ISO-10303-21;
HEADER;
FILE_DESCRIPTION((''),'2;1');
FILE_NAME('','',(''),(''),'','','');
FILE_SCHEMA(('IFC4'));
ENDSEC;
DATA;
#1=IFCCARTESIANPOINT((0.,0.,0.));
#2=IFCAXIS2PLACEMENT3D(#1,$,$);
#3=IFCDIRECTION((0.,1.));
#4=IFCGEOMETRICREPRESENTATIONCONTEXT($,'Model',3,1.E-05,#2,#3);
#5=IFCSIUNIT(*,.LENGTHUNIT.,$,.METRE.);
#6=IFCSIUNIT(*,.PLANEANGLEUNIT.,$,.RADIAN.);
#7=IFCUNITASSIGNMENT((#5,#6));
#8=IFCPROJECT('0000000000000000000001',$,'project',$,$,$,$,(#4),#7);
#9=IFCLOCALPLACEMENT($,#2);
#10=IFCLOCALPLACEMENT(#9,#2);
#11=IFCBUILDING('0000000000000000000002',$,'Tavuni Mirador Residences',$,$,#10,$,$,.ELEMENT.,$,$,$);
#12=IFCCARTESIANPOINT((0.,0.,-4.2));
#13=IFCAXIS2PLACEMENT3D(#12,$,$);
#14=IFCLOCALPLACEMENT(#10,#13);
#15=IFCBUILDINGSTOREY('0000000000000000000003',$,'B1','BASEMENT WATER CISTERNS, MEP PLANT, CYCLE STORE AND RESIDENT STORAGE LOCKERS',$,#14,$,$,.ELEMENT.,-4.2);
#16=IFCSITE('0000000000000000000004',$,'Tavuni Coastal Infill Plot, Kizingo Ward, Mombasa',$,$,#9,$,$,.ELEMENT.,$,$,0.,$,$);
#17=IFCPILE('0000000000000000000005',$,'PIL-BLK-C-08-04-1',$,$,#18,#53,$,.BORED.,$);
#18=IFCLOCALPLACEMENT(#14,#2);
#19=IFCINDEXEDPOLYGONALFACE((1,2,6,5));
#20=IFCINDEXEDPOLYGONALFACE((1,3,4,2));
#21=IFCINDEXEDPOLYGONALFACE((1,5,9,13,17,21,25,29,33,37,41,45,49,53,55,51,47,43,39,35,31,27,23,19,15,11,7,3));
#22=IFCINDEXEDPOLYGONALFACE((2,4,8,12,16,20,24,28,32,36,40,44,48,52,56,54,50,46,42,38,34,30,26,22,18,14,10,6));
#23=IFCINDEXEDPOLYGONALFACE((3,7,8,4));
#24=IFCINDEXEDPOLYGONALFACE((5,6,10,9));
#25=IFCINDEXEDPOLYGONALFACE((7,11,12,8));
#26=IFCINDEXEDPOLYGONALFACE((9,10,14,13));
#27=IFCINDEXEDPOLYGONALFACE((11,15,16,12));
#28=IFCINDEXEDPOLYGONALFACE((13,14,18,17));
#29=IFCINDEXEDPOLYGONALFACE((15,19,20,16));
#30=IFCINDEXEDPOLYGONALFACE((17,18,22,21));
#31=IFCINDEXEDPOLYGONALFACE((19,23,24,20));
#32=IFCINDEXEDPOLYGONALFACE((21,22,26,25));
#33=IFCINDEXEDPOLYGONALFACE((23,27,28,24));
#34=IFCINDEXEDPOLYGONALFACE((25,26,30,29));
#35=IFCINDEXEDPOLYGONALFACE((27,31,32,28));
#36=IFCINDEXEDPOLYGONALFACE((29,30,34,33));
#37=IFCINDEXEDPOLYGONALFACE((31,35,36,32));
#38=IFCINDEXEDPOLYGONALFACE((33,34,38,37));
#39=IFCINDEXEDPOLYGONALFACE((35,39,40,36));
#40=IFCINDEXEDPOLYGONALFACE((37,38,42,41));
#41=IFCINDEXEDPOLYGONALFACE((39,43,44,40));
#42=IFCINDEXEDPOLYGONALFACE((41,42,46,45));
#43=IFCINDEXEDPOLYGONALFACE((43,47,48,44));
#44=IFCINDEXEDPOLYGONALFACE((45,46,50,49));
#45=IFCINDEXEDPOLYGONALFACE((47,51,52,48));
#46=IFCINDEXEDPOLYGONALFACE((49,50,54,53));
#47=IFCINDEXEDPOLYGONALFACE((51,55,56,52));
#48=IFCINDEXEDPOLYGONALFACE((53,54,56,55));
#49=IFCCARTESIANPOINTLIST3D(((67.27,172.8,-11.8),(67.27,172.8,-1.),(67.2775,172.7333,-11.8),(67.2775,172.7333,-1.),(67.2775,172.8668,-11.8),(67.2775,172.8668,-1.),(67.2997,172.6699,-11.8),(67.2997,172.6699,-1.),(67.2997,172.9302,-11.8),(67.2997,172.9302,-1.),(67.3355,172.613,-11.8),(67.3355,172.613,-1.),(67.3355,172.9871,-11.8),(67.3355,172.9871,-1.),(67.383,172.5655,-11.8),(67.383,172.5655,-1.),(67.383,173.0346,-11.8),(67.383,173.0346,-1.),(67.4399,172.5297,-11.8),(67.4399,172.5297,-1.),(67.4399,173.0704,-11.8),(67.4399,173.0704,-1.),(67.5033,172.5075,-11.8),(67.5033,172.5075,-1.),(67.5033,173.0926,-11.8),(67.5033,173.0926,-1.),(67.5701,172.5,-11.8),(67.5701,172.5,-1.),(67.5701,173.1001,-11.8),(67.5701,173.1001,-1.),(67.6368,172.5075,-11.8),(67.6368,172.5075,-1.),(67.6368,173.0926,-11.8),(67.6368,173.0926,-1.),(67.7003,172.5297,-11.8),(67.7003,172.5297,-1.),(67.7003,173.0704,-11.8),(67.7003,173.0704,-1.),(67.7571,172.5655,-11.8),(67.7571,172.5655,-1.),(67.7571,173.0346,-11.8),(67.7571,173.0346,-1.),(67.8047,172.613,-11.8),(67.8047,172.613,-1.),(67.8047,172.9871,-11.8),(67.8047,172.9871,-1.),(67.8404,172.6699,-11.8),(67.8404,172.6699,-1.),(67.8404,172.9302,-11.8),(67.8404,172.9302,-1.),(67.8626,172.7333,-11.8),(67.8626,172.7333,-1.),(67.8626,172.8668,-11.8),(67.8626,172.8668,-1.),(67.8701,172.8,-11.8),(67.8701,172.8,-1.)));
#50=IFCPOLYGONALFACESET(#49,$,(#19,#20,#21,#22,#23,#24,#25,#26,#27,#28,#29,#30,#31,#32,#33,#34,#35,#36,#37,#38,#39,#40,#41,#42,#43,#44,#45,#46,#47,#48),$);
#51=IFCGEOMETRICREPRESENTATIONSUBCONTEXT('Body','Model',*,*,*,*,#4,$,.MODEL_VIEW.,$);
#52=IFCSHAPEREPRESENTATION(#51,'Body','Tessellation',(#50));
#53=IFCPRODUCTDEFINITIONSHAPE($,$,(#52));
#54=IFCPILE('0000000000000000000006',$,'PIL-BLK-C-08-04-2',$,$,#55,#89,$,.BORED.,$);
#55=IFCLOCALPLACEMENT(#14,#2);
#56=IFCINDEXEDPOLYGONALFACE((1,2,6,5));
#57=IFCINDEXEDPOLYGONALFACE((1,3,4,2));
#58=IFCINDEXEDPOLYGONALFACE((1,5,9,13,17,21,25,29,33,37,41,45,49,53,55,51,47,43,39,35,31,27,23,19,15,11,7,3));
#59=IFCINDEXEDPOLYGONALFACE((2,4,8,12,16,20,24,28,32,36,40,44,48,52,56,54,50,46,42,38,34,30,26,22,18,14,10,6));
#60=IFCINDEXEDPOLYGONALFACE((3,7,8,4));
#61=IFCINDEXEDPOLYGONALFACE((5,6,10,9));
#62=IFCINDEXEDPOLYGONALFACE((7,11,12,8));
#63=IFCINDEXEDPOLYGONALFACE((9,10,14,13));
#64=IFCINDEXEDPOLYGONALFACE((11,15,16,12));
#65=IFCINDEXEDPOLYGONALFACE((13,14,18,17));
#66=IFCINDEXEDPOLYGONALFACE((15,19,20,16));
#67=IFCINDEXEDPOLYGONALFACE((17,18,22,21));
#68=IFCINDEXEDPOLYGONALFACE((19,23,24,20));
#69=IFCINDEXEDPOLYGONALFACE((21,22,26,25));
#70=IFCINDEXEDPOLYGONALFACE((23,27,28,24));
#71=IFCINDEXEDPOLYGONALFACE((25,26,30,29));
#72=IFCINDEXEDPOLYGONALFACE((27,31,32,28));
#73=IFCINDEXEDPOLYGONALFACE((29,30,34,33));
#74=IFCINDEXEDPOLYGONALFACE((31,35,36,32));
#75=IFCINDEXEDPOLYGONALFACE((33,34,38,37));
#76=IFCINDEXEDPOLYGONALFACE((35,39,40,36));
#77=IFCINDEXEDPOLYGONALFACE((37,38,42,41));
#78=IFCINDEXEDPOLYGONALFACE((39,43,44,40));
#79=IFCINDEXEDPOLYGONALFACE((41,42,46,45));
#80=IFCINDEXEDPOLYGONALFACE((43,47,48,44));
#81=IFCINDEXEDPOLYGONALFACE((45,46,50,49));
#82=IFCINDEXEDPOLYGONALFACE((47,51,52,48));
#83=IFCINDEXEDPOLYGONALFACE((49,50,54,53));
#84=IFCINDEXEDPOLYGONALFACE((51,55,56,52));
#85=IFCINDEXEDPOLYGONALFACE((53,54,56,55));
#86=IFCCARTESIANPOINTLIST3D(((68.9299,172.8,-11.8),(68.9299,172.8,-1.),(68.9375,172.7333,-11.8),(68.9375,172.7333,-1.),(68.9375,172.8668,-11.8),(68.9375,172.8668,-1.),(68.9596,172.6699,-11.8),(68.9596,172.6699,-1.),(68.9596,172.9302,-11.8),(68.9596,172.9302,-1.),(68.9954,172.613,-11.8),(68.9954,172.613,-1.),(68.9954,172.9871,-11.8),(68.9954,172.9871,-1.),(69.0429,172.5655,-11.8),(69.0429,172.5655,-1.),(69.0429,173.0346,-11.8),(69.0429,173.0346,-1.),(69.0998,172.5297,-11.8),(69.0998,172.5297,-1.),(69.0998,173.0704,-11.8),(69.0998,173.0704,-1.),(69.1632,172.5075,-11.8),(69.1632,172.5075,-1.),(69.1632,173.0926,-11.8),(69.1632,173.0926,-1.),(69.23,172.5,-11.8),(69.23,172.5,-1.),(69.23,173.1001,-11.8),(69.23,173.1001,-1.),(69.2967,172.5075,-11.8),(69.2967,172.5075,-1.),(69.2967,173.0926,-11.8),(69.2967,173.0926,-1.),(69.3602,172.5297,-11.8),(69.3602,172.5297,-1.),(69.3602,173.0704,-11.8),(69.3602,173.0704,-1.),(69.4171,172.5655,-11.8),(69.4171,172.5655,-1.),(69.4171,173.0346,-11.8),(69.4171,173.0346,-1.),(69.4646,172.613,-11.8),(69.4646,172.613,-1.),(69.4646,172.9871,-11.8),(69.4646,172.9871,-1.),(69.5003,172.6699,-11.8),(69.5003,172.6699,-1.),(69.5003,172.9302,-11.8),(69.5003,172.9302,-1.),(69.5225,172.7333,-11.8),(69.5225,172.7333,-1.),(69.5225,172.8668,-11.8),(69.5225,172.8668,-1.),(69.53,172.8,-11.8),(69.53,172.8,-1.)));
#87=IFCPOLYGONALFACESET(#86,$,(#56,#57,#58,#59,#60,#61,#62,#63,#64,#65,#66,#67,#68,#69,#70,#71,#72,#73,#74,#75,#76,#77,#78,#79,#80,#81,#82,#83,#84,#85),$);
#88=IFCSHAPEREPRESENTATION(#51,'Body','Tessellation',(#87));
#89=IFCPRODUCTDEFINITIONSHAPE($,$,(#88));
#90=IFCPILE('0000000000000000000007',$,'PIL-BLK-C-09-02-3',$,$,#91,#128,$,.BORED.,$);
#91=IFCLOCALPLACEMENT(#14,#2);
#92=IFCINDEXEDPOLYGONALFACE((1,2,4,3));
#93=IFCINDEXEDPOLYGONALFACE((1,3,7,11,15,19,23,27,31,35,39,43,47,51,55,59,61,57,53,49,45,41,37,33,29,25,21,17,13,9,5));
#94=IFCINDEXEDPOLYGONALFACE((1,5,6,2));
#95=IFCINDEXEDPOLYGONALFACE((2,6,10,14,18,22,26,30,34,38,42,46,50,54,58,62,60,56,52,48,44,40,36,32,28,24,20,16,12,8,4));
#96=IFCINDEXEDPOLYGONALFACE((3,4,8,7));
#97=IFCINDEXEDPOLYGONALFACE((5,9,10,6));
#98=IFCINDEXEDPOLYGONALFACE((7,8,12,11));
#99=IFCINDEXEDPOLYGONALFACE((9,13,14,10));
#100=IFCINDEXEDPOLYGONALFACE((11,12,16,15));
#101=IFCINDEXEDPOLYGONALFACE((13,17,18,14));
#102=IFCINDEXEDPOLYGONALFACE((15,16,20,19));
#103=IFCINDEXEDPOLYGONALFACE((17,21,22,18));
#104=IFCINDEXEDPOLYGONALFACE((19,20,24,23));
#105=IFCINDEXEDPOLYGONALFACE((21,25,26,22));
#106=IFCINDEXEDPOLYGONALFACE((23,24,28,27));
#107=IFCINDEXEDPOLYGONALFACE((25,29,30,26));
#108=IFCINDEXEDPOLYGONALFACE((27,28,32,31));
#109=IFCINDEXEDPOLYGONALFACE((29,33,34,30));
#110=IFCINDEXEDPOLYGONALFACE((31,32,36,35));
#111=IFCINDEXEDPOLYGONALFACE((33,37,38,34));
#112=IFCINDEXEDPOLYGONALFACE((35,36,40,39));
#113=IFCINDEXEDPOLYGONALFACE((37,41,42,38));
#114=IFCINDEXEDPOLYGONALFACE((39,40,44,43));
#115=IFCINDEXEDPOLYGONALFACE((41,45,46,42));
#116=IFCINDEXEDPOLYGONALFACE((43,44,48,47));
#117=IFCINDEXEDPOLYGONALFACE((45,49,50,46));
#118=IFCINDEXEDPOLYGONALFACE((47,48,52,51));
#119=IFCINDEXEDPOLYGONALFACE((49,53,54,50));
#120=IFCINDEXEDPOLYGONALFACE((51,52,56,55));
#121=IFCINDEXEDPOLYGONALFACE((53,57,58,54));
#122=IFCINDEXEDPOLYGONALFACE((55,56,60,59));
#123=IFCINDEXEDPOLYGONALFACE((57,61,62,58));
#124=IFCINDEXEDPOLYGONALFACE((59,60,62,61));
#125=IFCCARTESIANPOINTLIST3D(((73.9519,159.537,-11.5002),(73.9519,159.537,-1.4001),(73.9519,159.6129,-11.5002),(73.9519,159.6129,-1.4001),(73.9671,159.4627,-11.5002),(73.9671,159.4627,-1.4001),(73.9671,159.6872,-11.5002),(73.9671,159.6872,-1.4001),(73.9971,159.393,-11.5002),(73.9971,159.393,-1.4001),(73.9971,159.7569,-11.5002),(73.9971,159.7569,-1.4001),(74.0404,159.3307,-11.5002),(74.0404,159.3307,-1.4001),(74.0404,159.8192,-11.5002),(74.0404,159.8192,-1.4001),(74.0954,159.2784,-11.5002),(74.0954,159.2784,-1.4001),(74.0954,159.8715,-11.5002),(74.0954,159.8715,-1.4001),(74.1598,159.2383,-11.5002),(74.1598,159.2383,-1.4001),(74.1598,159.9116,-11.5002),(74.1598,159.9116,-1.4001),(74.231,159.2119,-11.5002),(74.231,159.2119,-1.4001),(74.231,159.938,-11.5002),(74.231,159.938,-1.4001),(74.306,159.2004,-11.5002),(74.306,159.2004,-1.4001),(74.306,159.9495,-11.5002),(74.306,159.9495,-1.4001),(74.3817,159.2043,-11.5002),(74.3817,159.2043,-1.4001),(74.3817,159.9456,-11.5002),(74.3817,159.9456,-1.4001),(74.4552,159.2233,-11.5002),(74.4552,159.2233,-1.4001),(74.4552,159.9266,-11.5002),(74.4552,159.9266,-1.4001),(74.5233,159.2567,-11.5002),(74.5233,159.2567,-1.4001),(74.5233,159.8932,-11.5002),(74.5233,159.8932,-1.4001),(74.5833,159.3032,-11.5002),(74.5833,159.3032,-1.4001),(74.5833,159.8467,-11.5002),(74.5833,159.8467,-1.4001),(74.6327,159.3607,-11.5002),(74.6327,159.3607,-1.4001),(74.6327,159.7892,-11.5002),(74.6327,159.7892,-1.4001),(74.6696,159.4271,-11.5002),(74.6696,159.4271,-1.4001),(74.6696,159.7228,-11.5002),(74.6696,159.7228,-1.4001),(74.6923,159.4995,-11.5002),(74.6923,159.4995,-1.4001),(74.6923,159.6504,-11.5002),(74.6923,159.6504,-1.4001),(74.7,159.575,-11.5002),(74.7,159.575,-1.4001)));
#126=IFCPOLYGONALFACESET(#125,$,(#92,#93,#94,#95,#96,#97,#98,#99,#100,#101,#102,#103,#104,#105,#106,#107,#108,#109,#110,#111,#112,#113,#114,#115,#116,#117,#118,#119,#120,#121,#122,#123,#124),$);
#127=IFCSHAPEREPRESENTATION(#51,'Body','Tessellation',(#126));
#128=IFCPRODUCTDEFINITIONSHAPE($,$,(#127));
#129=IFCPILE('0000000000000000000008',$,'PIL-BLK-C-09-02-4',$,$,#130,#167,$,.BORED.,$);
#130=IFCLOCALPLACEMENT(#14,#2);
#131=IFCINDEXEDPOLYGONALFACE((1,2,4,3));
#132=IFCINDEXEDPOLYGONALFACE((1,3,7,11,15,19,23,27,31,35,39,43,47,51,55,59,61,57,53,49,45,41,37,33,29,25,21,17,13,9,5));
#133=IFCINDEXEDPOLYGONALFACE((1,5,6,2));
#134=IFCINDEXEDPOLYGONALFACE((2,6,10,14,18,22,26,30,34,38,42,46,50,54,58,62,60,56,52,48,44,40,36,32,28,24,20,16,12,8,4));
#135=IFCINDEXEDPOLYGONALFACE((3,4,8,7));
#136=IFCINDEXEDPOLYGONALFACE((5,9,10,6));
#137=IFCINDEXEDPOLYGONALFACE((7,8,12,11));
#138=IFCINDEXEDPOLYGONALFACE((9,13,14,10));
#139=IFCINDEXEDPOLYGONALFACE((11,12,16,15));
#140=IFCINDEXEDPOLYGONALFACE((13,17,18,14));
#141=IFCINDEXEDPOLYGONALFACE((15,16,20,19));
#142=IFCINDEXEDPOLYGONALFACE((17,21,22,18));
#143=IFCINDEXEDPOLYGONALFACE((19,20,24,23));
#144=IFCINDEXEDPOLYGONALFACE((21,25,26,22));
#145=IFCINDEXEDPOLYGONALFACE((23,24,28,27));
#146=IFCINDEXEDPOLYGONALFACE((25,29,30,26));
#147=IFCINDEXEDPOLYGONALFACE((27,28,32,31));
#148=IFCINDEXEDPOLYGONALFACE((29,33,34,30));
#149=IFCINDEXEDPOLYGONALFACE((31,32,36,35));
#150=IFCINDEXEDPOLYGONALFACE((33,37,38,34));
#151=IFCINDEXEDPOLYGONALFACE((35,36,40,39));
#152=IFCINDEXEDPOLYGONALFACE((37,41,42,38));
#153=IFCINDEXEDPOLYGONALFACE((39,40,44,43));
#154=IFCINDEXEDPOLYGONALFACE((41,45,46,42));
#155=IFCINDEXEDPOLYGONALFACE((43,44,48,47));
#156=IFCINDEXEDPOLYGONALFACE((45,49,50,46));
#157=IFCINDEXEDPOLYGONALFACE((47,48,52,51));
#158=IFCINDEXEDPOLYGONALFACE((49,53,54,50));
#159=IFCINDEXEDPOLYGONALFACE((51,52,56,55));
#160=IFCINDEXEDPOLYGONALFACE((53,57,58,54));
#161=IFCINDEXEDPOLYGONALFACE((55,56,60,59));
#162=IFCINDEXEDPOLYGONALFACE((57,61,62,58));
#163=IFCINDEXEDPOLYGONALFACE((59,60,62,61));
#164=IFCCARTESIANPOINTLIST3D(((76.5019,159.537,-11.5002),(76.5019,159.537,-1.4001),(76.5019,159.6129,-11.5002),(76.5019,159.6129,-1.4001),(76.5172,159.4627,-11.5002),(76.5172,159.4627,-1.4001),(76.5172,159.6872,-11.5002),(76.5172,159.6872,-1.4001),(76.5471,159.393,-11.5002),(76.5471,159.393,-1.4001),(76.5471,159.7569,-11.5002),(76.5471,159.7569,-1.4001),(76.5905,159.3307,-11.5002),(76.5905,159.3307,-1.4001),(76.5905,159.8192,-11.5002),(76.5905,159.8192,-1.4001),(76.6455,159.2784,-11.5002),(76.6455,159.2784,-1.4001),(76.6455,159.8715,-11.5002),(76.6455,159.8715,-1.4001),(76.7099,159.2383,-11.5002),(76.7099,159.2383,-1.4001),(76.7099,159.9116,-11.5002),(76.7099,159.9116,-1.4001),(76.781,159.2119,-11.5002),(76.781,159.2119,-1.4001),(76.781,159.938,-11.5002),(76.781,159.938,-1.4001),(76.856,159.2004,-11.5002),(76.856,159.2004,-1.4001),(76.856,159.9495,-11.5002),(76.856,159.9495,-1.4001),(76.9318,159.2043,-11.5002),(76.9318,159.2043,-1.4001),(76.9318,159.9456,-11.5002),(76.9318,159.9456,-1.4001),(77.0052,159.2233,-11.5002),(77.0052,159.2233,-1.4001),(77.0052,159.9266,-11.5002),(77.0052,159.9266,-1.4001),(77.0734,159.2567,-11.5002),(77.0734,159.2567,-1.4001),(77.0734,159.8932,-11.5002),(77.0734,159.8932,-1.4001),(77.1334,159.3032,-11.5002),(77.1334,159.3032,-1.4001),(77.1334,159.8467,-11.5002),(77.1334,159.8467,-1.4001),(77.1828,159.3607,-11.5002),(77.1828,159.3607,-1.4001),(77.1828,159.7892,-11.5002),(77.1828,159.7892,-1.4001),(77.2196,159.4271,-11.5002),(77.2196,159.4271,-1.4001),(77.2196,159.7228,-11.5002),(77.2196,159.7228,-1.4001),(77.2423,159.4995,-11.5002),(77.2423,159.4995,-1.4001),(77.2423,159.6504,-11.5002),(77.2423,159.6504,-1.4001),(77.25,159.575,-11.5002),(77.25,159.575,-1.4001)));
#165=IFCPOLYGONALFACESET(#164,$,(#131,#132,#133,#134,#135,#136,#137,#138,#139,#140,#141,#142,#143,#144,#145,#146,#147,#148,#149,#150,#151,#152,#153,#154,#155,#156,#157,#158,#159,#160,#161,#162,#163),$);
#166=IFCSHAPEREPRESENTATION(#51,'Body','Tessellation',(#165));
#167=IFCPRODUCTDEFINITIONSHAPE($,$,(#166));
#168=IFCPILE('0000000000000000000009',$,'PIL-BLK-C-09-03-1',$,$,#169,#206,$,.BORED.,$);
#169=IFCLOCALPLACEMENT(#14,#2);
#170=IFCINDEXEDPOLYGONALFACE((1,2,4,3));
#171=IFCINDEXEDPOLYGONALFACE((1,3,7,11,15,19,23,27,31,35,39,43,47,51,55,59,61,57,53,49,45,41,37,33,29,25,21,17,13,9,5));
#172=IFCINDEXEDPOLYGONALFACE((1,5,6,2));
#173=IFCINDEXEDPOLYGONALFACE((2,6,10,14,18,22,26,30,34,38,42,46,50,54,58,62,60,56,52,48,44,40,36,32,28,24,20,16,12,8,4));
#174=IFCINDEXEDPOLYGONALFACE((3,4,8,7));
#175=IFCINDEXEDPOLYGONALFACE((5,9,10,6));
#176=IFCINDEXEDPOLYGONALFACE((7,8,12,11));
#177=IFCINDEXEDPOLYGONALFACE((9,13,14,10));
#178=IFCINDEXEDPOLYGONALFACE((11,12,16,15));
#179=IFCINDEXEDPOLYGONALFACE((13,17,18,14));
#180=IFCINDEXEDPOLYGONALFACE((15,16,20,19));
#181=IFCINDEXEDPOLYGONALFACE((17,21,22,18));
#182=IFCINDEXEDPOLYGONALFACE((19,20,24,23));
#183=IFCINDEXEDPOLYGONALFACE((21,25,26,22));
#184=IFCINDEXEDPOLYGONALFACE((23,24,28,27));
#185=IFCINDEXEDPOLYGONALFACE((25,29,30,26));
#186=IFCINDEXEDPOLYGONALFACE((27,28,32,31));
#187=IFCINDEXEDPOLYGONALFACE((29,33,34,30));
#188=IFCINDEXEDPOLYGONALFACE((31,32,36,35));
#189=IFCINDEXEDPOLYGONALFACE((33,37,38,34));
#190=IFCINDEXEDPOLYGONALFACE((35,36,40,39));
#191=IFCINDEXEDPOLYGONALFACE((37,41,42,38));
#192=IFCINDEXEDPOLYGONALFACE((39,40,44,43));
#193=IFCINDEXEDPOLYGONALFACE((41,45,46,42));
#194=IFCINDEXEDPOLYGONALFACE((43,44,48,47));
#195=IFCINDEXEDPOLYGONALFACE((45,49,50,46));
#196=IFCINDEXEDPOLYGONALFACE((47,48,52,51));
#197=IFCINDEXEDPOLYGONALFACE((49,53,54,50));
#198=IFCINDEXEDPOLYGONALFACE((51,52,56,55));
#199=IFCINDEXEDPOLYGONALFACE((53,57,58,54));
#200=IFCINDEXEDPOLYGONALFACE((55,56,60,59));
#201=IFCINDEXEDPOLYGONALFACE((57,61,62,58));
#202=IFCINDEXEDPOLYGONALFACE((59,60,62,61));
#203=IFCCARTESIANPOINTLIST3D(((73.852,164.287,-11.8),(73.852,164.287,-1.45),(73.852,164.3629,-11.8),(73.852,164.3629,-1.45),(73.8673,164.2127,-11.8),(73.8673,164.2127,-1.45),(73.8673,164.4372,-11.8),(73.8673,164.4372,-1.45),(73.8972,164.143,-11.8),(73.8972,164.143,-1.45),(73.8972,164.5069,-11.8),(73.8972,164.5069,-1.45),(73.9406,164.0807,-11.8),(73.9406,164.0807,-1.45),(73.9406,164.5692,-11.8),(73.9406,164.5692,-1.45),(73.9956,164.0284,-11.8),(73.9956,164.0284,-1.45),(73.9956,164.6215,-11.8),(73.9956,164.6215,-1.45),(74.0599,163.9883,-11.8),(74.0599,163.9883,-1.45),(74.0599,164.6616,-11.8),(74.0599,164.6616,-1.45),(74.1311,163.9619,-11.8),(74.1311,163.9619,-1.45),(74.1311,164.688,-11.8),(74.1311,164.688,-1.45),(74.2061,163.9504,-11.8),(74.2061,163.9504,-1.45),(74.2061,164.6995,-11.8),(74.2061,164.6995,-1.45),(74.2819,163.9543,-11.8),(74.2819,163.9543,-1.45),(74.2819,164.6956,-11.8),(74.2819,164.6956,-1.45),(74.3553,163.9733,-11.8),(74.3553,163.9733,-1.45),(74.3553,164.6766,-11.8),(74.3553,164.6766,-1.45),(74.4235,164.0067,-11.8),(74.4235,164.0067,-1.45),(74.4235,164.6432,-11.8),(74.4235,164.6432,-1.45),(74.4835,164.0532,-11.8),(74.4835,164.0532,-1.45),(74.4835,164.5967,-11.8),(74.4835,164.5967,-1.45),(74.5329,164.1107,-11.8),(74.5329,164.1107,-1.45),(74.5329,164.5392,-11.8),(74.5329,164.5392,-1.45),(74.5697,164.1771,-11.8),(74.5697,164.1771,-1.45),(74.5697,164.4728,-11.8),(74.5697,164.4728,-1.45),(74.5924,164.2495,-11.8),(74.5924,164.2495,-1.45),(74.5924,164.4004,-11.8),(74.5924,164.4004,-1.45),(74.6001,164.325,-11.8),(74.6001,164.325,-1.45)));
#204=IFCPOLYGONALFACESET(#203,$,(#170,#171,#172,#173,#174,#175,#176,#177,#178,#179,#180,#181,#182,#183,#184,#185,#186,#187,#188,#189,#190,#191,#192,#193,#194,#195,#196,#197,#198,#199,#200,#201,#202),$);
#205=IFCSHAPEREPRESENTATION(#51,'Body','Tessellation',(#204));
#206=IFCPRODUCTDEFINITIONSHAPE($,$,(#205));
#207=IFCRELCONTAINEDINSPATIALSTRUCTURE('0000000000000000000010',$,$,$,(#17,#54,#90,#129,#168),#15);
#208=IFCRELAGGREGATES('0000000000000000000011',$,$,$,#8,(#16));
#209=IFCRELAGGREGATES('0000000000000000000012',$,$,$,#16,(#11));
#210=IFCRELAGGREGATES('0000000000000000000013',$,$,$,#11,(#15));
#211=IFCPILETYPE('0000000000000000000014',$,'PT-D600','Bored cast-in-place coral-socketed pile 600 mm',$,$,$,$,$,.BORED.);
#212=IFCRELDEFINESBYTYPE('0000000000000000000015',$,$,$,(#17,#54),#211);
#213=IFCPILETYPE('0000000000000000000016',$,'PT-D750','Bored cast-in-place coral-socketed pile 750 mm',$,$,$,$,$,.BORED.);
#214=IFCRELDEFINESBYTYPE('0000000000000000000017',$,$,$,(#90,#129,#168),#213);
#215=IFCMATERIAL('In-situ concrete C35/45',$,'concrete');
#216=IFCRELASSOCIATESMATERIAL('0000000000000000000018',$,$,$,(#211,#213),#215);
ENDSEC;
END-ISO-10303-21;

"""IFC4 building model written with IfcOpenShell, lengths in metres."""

from ifc_helpers import new_model, si_unit, direction, frame, origin, origin_2d, place, context, subcontext, project, spatial, circle, extrude, material, material_profile, profile_set, type_object, element, save


model = new_model("IFC4")

# Units and contexts
model_context = context("Model", 3, precision=1e-05, world=origin(), true_north=direction((0.0, 1.0)))
body_context = subcontext(model_context, "Body", "Model", "MODEL_VIEW")
ifc_project = project(units=[si_unit("LENGTHUNIT", "METRE"), si_unit("PLANEANGLEUNIT", "RADIAN")], contexts=[model_context])

# Site, building, storey
site_placement = place(None, origin())
site = spatial("IfcSite", under=ifc_project, at=site_placement, Name="Tavuni Coastal Infill Plot, Kizingo Ward, Mombasa", CompositionType="ELEMENT", RefElevation=0.0)
building_placement = place(site_placement, origin())
building = spatial("IfcBuilding", under=site, at=building_placement, Name="Tavuni Mirador Residences", CompositionType="ELEMENT")
storey_placement = place(building_placement, frame((0.0, 0.0, -4.2)))
storey = spatial("IfcBuildingStorey", under=building, at=storey_placement, Name="B1", Description="BASEMENT WATER CISTERNS, MEP PLANT, CYCLE STORE AND RESIDENT STORAGE LOCKERS", CompositionType="ELEMENT", Elevation=-4.2)

# Shared definitions
ifc_material_1 = material(Name="In-situ concrete C35/45", Category="concrete")

# Piles
ifc_material_profile_1 = material_profile(ifc_material_1, circle(Radius=0.3, at=origin_2d()), Name="PILE D600", Category="concrete")
ifc_profile_set_1 = profile_set([ifc_material_profile_1], Name="In-situ concrete C35/45")
pile_type_1 = type_object("IfcPileType", Name="PT-D600", Description="Bored cast-in-place coral-socketed pile 600 mm", PredefinedType="BORED", material=ifc_profile_set_1)
for number, where, z_axis, x_axis, name in (
    (1, (67.5701, 172.8, -1.0), (0.0, 0.0, -1.0), (1.0, 0.0, 0.0), "PIL-BLK-C-08-04-1"),
    (2, (69.23, 172.8, -1.0), (0.0, 0.0, -1.0), (1.0, 0.0, 0.0), "PIL-BLK-C-08-04-2"),
):
    element("IfcPile", number, at=place(storey_placement, frame(where, z_axis=z_axis, x_axis=x_axis)), inside=storey, type_object=pile_type_1, Name=name, PredefinedType="BORED", context=body_context, shape_type="SweptSolid", body=[
        extrude(circle(Radius=0.3, at=origin_2d()), origin(), (0.0, 0.0, 1.0), 10.8),
    ])
ifc_material_profile_2 = material_profile(ifc_material_1, circle(Radius=0.375, at=origin_2d()), Name="PILE D750", Category="concrete")
ifc_profile_set_2 = profile_set([ifc_material_profile_2], Name="In-situ concrete C35/45")
pile_type_2 = type_object("IfcPileType", Name="PT-D750", Description="Bored cast-in-place coral-socketed pile 750 mm", PredefinedType="BORED", material=ifc_profile_set_2)
for number, where, z_axis, x_axis, name in (
    (3, (74.325, 159.575, -1.4001), (0.0, 0.0, -1.0), (1.0, 0.0, 0.0), "PIL-BLK-C-09-02-3"),
    (4, (76.875, 159.575, -1.4001), (0.0, 0.0, -1.0), (1.0, 0.0, 0.0), "PIL-BLK-C-09-02-4"),
):
    element("IfcPile", number, at=place(storey_placement, frame(where, z_axis=z_axis, x_axis=x_axis)), inside=storey, type_object=pile_type_2, Name=name, PredefinedType="BORED", context=body_context, shape_type="SweptSolid", body=[
        extrude(circle(Radius=0.375, at=origin_2d()), origin(), (0.0, 0.0, 1.0), 10.1001),
    ])
for number, where, z_axis, x_axis, name in (
    (5, (74.2251, 164.325, -1.45), (0.0, 0.0, -1.0), (1.0, 0.0, 0.0), "PIL-BLK-C-09-03-1"),
):
    element("IfcPile", number, at=place(storey_placement, frame(where, z_axis=z_axis, x_axis=x_axis)), inside=storey, type_object=pile_type_2, Name=name, PredefinedType="BORED", context=body_context, shape_type="SweptSolid", body=[
        extrude(circle(Radius=0.375, at=origin_2d()), origin(), (0.0, 0.0, 1.0), 10.3501),
    ])

save(model, "model.ifc")
